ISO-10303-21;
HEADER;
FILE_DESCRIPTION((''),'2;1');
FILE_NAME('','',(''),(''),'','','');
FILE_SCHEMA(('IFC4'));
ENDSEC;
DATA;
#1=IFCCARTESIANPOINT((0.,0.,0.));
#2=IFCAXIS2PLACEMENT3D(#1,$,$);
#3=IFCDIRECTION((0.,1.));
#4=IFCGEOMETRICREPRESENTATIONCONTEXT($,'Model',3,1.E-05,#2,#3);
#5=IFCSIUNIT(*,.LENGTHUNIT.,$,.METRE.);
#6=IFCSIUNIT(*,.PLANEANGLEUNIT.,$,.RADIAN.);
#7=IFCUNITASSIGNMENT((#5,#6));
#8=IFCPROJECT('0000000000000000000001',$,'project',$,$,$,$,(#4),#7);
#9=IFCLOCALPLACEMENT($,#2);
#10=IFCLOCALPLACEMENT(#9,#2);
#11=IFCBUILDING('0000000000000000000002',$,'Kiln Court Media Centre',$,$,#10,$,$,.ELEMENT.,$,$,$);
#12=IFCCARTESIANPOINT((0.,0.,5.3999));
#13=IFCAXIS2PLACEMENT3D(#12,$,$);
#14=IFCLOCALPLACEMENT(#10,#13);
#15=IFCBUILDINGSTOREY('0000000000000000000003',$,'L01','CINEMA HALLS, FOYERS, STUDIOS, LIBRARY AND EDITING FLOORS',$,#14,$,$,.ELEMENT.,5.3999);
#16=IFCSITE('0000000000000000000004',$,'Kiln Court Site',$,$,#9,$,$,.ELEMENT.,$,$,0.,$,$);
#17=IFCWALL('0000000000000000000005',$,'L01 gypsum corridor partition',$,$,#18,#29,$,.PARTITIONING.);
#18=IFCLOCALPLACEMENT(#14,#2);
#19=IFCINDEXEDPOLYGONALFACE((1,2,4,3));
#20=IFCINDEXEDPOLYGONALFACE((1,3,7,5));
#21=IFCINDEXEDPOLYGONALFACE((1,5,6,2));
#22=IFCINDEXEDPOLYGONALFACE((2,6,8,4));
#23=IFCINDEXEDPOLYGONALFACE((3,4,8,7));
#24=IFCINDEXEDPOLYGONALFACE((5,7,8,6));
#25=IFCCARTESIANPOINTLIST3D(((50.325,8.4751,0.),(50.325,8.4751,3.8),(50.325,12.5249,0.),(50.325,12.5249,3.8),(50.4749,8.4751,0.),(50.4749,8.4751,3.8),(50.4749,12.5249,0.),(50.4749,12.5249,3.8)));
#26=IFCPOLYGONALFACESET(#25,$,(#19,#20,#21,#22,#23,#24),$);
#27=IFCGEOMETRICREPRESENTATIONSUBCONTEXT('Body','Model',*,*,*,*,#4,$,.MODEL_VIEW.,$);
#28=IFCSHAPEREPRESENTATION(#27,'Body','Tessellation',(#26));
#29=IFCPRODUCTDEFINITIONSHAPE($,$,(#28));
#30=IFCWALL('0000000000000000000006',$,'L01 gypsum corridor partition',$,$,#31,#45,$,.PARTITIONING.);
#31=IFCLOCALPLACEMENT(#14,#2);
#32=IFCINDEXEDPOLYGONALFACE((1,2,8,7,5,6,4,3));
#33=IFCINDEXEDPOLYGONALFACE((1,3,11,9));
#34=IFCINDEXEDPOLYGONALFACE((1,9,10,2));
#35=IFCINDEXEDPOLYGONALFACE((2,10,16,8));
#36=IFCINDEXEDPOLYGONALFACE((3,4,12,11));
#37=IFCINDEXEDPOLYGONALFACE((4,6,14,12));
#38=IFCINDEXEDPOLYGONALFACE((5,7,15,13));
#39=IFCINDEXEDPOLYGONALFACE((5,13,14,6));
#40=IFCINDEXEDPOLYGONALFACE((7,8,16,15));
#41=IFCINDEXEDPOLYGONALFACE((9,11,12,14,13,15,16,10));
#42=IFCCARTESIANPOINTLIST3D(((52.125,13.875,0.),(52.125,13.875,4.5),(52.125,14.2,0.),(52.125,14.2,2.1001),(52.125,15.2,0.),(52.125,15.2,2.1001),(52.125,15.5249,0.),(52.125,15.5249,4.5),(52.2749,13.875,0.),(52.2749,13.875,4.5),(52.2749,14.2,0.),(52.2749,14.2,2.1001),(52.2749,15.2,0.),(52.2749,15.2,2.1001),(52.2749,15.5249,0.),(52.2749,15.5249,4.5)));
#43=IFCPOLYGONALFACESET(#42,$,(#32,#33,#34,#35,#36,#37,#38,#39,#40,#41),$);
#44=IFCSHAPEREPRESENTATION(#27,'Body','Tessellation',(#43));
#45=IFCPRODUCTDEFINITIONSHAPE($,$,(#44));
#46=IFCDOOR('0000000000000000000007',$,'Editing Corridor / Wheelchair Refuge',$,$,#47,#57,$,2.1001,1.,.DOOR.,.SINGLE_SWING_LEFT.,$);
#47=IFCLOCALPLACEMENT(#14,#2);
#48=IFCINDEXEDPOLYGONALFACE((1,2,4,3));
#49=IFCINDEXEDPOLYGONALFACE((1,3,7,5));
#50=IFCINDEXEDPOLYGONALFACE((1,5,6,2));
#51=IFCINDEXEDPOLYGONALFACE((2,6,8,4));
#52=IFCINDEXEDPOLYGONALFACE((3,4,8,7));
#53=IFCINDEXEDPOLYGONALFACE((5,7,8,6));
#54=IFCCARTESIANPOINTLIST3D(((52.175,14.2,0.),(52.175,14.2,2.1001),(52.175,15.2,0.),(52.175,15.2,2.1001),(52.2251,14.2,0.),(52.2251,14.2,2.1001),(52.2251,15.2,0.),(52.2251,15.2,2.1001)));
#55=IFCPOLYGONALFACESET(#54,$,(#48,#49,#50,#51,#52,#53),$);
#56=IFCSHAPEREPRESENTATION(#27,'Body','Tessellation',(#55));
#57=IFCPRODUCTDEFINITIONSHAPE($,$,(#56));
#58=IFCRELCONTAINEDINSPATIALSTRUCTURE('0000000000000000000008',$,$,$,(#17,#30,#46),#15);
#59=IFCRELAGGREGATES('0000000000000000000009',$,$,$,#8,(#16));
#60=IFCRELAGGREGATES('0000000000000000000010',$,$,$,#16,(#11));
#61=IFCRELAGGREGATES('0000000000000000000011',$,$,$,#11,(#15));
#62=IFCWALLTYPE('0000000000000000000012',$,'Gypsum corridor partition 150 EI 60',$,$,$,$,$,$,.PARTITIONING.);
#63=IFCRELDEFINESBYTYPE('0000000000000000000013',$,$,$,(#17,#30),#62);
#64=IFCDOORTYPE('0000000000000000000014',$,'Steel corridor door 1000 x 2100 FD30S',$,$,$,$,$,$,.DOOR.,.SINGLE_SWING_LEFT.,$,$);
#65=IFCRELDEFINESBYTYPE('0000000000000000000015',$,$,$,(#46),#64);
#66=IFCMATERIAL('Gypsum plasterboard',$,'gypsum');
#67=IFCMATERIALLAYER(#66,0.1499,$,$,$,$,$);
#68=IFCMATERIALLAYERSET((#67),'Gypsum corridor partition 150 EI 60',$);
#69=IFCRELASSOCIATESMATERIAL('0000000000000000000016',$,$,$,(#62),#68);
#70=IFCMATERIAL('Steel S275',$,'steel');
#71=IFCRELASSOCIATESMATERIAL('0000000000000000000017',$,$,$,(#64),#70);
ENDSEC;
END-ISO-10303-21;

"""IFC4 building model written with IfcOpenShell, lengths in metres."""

from ifc_helpers import new_model, si_unit, direction, frame, frame_2d, origin, place, context, subcontext, project, spatial, rectangle, extrude, material, layer, layer_set, type_object, element, fill, save


model = new_model("IFC4")

# Units and contexts
model_context = context("Model", 3, precision=1e-05, world=origin(), true_north=direction((0.0, 1.0)))
body_context = subcontext(model_context, "Body", "Model", "MODEL_VIEW")
ifc_project = project(units=[si_unit("LENGTHUNIT", "METRE"), si_unit("PLANEANGLEUNIT", "RADIAN")], contexts=[model_context])

# Site, building, storey
site_placement = place(None, origin())
site = spatial("IfcSite", under=ifc_project, at=site_placement, Name="Kiln Court Site", CompositionType="ELEMENT", RefElevation=0.0)
building_placement = place(site_placement, origin())
building = spatial("IfcBuilding", under=site, at=building_placement, Name="Kiln Court Media Centre", CompositionType="ELEMENT")
storey_placement = place(building_placement, frame((0.0, 0.0, 5.3999)))
storey = spatial("IfcBuildingStorey", under=building, at=storey_placement, Name="L01", Description="CINEMA HALLS, FOYERS, STUDIOS, LIBRARY AND EDITING FLOORS", CompositionType="ELEMENT", Elevation=5.3999)

# Wall
ifc_material_1 = material(Name="Gypsum plasterboard", Category="gypsum")
ifc_layer_1 = layer(ifc_material_1, 0.1499)
ifc_layer_set_1 = layer_set([ifc_layer_1], Name="Gypsum corridor partition 150 EI 60")
wall_type_1 = type_object("IfcWallType", Name="Gypsum corridor partition 150 EI 60", PredefinedType="PARTITIONING", material=ifc_layer_set_1)
wall_1_placement = place(storey_placement, frame((50.3999, 8.4751, 0.0), z_axis=(0.0, 0.0, 1.0), x_axis=(0.0, 1.0, 0.0)))
element("IfcWall", 1, at=wall_1_placement, inside=storey, type_object=wall_type_1, Name="L01 gypsum corridor partition", PredefinedType="PARTITIONING", context=body_context, shape_type="SweptSolid", body=[
    extrude(rectangle(XDim=4.0498, YDim=0.1499, at=frame_2d((2.0249, 0.0))), origin(), (0.0, 0.0, 1.0), 3.8),
])

# Wall, opening, door
wall_2_placement = place(storey_placement, frame((52.2, 13.875, 0.0), z_axis=(0.0, 0.0, 1.0), x_axis=(0.0, 1.0, 0.0)))
wall_2 = element("IfcWall", 2, at=wall_2_placement, inside=storey, type_object=wall_type_1, Name="L01 gypsum corridor partition", PredefinedType="PARTITIONING", context=body_context, shape_type="SweptSolid", body=[
    extrude(rectangle(XDim=1.6499, YDim=0.1499, at=frame_2d((0.825, 0.0))), origin(), (0.0, 0.0, 1.0), 4.5),
])
opening_1_placement = place(wall_2_placement, frame((0.325, 0.0, 0.0)))
opening_1 = element("IfcOpeningElement", 3, at=opening_1_placement, cuts=wall_2, PredefinedType="OPENING", context=body_context, shape_type="SweptSolid", body=[
    extrude(rectangle(XDim=1.0, YDim=2.1001, at=frame_2d((0.5, 1.05))), frame((0.0, 0.085, 0.0), z_axis=(0.0, -1.0, 0.0), x_axis=(1.0, 0.0, 0.0)), (0.0, 0.0, 1.0), 0.1699),
])
ifc_material_2 = material(Name="Steel S275", Category="steel")
door_type_1 = type_object("IfcDoorType", Name="Steel corridor door 1000 x 2100 FD30S", OperationType="SINGLE_SWING_LEFT", PredefinedType="DOOR", material=ifc_material_2)
door_1_placement = place(opening_1_placement, origin())
door_1 = element("IfcDoor", 4, at=door_1_placement, inside=storey, type_object=door_type_1, Name="Editing Corridor / Wheelchair Refuge", OperationType="SINGLE_SWING_LEFT", OverallHeight=2.1001, OverallWidth=1.0, PredefinedType="DOOR", context=body_context, shape_type="SweptSolid", body=[
    extrude(rectangle(XDim=1.0, YDim=2.1001, at=frame_2d((0.5, 1.05))), frame((0.0, 0.0249, 0.0), z_axis=(0.0, -1.0, 0.0), x_axis=(1.0, 0.0, 0.0)), (0.0, 0.0, 1.0), 0.05),
])
fill(opening_1, door_1)

save(model, "model.ifc")
